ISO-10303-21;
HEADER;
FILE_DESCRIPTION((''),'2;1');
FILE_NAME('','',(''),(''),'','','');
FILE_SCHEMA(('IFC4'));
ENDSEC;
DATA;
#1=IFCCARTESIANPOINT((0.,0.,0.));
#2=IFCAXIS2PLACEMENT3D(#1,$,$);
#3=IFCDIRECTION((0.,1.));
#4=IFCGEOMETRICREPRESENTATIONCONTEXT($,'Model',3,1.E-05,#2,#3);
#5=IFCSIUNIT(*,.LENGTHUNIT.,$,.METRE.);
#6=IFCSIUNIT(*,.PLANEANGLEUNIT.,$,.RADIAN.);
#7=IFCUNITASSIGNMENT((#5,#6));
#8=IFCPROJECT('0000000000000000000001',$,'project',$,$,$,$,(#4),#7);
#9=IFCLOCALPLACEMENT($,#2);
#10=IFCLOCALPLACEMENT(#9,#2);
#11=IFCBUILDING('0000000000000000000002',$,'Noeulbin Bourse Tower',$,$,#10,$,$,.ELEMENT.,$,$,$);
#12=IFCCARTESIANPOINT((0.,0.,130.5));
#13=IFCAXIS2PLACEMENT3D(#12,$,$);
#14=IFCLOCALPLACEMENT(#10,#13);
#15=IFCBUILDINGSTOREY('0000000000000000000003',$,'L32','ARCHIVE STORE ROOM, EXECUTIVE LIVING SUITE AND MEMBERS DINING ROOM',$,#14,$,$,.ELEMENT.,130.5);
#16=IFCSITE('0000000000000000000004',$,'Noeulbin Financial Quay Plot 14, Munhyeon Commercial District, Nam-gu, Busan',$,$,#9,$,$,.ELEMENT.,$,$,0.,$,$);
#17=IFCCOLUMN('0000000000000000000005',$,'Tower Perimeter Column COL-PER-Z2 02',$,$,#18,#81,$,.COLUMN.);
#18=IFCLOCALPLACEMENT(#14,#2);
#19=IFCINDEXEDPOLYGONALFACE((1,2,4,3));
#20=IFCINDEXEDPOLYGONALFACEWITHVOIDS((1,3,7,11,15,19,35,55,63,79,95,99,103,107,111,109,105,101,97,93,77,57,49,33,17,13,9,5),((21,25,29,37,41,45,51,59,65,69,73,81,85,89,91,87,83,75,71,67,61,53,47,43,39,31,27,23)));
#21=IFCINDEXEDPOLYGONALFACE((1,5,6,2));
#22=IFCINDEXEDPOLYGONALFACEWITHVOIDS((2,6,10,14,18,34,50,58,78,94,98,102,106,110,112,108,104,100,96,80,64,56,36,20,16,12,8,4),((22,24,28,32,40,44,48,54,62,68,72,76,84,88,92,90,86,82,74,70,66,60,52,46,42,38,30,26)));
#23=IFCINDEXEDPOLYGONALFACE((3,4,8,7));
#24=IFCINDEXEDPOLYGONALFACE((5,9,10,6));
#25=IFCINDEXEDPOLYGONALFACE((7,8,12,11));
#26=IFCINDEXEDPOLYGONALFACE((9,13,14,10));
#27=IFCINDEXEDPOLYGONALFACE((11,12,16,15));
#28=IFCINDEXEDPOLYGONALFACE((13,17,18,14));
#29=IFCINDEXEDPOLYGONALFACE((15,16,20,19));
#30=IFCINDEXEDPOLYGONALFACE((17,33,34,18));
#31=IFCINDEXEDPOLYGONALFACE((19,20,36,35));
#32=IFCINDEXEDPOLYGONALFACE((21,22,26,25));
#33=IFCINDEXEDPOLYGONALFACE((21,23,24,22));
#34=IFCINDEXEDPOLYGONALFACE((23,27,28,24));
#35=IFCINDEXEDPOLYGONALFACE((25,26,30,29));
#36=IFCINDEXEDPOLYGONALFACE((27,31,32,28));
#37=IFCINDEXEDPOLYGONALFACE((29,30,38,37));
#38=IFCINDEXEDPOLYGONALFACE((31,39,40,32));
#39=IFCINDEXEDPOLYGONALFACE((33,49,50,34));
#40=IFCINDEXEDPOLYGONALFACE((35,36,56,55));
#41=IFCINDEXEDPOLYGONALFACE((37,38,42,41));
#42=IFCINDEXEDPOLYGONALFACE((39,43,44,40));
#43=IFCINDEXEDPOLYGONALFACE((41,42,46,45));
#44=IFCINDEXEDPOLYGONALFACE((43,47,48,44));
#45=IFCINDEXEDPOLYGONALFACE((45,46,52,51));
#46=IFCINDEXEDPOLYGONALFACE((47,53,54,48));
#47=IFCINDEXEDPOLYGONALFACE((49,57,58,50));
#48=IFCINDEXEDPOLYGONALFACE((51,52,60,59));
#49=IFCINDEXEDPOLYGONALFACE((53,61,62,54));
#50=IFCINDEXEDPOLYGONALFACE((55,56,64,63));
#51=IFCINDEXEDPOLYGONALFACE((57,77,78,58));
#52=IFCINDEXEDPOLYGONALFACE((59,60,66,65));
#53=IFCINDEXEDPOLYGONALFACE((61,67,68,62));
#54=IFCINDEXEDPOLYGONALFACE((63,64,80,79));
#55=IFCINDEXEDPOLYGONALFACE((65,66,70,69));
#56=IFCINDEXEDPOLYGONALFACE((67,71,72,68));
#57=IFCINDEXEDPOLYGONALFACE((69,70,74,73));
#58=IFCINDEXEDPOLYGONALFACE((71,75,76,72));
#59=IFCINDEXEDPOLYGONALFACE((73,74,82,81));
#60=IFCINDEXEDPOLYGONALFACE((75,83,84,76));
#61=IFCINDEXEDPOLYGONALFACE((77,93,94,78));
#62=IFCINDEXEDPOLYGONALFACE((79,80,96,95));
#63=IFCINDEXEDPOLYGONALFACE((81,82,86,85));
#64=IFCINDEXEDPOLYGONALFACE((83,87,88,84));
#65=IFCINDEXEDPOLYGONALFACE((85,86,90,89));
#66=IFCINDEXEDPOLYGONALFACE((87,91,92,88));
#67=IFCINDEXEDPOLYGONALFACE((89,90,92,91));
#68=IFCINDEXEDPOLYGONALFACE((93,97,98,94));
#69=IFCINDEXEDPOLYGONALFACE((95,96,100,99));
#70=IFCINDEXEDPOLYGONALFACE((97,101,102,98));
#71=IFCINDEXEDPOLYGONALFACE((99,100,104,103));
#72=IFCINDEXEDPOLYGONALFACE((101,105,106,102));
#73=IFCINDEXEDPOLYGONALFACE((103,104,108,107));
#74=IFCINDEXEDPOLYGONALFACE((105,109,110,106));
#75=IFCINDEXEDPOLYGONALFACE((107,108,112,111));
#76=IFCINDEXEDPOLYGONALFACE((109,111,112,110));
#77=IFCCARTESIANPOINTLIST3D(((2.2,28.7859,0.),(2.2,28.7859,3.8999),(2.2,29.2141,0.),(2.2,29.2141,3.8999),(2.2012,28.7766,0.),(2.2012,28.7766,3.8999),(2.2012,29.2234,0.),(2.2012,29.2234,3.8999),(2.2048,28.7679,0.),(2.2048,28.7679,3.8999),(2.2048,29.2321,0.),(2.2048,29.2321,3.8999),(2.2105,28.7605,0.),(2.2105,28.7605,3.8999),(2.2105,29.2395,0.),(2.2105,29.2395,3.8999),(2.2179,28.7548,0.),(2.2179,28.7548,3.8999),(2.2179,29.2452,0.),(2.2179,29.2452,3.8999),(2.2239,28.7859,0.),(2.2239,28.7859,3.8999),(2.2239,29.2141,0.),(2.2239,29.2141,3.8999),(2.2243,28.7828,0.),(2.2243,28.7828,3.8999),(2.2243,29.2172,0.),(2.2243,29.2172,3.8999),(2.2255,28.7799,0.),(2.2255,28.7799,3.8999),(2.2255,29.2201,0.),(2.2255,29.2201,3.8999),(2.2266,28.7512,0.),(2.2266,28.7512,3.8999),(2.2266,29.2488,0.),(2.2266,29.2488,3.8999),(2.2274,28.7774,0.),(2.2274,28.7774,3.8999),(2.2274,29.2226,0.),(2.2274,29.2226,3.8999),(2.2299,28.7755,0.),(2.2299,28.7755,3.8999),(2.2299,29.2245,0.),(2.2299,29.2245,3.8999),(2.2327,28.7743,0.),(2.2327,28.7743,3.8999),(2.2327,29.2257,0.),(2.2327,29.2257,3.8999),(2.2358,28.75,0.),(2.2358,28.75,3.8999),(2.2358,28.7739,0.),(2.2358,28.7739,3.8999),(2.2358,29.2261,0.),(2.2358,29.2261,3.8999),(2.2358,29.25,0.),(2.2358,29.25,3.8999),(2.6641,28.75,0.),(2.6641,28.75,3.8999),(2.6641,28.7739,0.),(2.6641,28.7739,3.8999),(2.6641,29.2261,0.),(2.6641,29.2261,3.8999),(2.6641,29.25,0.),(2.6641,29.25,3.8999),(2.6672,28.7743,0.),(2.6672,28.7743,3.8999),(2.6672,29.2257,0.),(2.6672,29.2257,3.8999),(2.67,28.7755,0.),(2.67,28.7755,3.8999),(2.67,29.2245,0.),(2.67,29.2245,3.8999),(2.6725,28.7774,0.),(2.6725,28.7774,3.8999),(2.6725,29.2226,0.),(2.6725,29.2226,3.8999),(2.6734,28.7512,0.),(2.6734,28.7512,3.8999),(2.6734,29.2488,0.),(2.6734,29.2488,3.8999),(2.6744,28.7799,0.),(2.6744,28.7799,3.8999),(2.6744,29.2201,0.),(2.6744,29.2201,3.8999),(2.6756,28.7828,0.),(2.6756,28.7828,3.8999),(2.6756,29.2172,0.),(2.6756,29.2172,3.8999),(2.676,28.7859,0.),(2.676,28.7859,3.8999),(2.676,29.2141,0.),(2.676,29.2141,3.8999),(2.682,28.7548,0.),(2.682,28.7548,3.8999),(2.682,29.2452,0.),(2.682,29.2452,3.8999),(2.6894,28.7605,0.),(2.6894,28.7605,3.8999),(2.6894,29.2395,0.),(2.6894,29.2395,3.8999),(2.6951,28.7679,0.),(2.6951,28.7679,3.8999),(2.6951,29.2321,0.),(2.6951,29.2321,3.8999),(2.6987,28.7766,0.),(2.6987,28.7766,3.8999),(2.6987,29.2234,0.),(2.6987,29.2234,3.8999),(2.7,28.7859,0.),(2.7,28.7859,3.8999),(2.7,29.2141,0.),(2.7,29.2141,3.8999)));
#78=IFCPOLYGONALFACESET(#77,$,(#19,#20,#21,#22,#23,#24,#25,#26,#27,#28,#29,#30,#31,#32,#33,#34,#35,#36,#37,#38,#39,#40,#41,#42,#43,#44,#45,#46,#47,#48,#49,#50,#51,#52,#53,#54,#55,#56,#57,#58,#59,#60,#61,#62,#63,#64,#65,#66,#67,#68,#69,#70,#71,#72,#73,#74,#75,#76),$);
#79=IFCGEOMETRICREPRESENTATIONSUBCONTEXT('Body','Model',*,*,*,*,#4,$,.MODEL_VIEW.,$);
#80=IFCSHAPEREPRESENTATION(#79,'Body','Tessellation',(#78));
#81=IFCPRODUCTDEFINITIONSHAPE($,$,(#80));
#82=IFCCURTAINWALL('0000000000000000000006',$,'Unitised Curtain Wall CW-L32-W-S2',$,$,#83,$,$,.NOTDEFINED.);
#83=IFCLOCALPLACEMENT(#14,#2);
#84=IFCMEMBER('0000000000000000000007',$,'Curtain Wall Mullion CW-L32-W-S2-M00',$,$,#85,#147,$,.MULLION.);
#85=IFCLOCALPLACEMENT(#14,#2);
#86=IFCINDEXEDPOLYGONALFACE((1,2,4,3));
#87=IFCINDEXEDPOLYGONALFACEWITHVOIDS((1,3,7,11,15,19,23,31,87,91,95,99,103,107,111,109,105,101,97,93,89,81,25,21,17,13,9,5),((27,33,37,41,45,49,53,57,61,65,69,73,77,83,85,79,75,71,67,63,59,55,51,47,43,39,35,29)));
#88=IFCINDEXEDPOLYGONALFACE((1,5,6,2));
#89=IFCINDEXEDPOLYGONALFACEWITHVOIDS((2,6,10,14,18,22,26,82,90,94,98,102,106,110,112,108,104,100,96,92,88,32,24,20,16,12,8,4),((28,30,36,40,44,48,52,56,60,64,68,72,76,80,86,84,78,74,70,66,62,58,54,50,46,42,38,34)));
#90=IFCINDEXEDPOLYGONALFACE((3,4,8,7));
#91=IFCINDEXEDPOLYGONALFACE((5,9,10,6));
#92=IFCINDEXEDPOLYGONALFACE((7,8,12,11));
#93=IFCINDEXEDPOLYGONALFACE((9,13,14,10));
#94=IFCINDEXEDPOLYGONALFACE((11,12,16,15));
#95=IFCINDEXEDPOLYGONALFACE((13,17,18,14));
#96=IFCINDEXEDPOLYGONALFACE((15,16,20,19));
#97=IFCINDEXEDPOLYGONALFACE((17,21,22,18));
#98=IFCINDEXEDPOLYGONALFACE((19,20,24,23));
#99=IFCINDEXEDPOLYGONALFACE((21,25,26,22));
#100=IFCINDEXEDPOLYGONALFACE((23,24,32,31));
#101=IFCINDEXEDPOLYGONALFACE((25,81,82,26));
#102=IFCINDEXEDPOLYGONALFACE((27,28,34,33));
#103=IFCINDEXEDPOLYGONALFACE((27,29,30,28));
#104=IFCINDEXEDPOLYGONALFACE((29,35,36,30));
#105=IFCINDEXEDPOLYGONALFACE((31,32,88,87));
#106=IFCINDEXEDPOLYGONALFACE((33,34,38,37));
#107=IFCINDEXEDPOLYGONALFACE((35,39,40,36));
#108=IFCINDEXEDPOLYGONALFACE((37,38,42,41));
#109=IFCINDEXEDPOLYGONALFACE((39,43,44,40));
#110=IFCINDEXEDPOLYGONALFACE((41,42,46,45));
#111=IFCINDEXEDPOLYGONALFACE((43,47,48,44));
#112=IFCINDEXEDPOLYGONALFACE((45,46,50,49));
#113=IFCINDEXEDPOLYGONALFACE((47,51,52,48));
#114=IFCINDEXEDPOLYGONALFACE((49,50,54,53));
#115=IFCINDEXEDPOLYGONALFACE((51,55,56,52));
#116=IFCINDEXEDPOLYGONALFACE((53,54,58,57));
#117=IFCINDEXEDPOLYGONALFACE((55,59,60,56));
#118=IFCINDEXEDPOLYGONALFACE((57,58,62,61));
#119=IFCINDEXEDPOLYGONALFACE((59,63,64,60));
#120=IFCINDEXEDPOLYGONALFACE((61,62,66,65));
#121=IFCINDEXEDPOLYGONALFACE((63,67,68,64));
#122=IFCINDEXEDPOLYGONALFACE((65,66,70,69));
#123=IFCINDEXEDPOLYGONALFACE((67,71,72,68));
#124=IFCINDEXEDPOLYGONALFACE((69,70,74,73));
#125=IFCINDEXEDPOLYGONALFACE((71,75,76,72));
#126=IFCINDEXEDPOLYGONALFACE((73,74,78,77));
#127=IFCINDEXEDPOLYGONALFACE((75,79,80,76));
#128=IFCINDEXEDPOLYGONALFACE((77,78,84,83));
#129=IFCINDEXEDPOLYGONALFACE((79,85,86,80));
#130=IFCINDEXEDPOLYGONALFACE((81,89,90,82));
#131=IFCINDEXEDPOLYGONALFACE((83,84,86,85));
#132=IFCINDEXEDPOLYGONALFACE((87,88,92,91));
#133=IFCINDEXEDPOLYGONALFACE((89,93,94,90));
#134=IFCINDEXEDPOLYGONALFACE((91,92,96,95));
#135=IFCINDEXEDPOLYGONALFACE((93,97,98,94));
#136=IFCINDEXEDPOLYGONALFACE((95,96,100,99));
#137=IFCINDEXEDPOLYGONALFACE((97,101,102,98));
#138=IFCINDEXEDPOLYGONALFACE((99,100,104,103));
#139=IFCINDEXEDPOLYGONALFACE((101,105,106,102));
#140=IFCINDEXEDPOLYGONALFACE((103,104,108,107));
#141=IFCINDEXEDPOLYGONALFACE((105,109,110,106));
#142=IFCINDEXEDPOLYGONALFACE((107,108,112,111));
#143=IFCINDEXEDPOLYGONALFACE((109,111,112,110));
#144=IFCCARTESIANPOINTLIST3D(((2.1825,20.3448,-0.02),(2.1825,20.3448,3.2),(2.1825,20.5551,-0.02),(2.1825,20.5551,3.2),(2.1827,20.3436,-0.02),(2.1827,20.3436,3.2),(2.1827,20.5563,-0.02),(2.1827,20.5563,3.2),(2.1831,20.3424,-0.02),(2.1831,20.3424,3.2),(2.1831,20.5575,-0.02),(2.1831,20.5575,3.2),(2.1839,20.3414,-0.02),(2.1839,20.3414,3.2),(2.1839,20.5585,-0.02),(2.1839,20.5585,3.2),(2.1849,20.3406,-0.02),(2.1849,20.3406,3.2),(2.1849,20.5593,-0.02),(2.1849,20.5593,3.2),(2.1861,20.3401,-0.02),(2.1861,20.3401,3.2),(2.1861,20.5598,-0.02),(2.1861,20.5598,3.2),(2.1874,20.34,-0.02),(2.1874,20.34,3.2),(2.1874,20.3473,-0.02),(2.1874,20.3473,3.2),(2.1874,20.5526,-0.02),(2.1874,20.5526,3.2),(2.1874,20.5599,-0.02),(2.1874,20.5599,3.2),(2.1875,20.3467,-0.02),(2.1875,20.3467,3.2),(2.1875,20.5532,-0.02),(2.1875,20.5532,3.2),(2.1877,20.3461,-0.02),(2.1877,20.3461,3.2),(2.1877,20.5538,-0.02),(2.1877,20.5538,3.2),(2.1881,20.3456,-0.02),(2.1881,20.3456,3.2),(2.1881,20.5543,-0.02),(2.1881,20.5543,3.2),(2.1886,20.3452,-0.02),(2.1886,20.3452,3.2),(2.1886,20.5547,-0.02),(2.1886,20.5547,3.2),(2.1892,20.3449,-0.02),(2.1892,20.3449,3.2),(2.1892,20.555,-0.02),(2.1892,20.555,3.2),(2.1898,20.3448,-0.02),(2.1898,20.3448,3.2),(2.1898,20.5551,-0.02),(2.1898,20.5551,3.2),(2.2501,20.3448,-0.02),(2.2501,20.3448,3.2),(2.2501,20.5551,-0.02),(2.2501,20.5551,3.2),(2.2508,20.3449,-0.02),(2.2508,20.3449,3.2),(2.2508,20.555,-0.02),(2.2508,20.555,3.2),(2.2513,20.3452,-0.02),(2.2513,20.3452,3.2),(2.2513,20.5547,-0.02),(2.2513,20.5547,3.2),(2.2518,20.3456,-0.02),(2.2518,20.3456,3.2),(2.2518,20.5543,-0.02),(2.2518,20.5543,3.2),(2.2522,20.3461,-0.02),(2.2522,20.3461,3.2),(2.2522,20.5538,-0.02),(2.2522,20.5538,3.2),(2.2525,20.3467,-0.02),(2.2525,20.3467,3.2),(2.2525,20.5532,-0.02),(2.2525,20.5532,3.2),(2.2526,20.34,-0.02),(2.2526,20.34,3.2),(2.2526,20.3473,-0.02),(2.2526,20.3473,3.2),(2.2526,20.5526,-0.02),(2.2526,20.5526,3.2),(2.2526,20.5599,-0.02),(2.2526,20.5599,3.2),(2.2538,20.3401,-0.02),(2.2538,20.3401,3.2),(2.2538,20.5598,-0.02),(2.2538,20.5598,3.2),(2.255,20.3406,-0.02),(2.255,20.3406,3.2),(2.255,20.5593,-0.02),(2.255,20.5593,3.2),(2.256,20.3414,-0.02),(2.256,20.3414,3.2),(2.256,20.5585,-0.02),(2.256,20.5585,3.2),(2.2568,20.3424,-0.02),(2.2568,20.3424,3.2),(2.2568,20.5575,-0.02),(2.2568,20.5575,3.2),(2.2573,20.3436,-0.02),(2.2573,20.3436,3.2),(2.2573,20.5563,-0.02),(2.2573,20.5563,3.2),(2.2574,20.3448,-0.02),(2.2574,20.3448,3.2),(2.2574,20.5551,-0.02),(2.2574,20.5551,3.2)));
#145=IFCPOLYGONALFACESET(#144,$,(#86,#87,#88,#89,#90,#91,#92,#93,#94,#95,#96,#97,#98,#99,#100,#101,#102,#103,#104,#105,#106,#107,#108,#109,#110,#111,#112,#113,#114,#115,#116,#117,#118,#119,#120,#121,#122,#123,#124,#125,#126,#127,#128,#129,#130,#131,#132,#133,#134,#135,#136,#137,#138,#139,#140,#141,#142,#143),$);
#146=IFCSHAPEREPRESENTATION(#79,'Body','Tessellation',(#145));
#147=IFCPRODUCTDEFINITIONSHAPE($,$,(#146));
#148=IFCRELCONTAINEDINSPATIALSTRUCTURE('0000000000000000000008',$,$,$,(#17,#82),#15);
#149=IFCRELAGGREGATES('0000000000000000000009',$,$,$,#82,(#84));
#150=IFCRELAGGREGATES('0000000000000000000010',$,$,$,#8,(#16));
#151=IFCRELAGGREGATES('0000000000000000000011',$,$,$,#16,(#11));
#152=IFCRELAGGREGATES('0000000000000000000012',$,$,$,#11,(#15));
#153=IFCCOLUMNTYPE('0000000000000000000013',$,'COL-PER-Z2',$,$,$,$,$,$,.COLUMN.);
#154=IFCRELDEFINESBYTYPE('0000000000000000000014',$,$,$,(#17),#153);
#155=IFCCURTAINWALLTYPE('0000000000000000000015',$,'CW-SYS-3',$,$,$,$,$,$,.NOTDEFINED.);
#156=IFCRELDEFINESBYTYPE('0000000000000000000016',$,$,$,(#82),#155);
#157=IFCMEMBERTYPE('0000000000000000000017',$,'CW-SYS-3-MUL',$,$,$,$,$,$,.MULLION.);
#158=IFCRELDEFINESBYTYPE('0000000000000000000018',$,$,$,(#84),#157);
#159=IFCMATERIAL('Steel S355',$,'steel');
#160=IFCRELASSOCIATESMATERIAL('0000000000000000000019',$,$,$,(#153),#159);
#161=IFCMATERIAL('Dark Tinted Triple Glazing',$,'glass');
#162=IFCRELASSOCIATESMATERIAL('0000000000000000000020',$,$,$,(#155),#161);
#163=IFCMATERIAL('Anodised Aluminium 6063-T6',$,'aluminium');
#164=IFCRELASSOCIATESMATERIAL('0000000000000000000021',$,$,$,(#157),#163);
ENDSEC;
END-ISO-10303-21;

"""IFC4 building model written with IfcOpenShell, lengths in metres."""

from ifc_helpers import new_model, si_unit, direction, frame, origin, origin_2d, place, context, subcontext, project, spatial, hollow_rectangle, extrude, material, material_profile, profile_set, type_object, element, aggregate, save


model = new_model("IFC4")

# Units and contexts
model_context = context("Model", 3, precision=1e-05, world=origin(), true_north=direction((0.0, 1.0)))
body_context = subcontext(model_context, "Body", "Model", "MODEL_VIEW")
ifc_project = project(units=[si_unit("LENGTHUNIT", "METRE"), si_unit("PLANEANGLEUNIT", "RADIAN")], contexts=[model_context])

# Site, building, storey
site_placement = place(None, origin())
site = spatial("IfcSite", under=ifc_project, at=site_placement, Name="Noeulbin Financial Quay Plot 14, Munhyeon Commercial District, Nam-gu, Busan", CompositionType="ELEMENT", RefElevation=0.0)
building_placement = place(site_placement, origin())
building = spatial("IfcBuilding", under=site, at=building_placement, Name="Noeulbin Bourse Tower", CompositionType="ELEMENT")
storey_placement = place(building_placement, frame((0.0, 0.0, 130.5)))
storey = spatial("IfcBuildingStorey", under=building, at=storey_placement, Name="L32", Description="ARCHIVE STORE ROOM, EXECUTIVE LIVING SUITE AND MEMBERS DINING ROOM", CompositionType="ELEMENT", Elevation=130.5)

# Column
ifc_material_1 = material(Name="Steel S355", Category="steel")
ifc_material_profile_1 = material_profile(ifc_material_1, hollow_rectangle(XDim=0.5, YDim=0.5, WallThickness=0.0239, InnerFilletRadius=0.012, OuterFilletRadius=0.0359, at=origin_2d()), Name="BOX-500x500x24", Category="LoadBearing")
ifc_profile_set_1 = profile_set([ifc_material_profile_1], Name="Steel S355")
column_type = type_object("IfcColumnType", Name="COL-PER-Z2", PredefinedType="COLUMN", material=ifc_profile_set_1)
column_placement = place(storey_placement, frame((2.45, 29.0, 0.0), z_axis=(0.0, 0.0, 1.0), x_axis=(1.0, 0.0, 0.0)))
element("IfcColumn", 1, at=column_placement, inside=storey, type_object=column_type, Name="Tower Perimeter Column COL-PER-Z2 02", PredefinedType="COLUMN", context=body_context, shape_type="SweptSolid", body=[
    extrude(hollow_rectangle(XDim=0.5, YDim=0.5, WallThickness=0.0239, InnerFilletRadius=0.012, OuterFilletRadius=0.0359, at=origin_2d()), origin(), (0.0, 0.0, 1.0), 3.8999),
])

# Curtain wall, member
ifc_material_2 = material(Name="Dark Tinted Triple Glazing", Category="glass")
curtain_wall_type = type_object("IfcCurtainWallType", Name="CW-SYS-3", PredefinedType="NOTDEFINED", material=ifc_material_2)
curtain_wall_placement = place(storey_placement, origin())
curtain_wall = element("IfcCurtainWall", 2, at=curtain_wall_placement, inside=storey, type_object=curtain_wall_type, Name="Unitised Curtain Wall CW-L32-W-S2", PredefinedType="NOTDEFINED")
ifc_material_3 = material(Name="Anodised Aluminium 6063-T6", Category="aluminium")
ifc_material_profile_2 = material_profile(ifc_material_3, hollow_rectangle(XDim=0.075, YDim=0.22, WallThickness=0.0049, InnerFilletRadius=0.0024, OuterFilletRadius=0.0049, at=origin_2d()), Name="ALU-MULL-75x220x5", Category="LoadBearing")
ifc_profile_set_2 = profile_set([ifc_material_profile_2], Name="Anodised Aluminium 6063-T6")
member_type_1 = type_object("IfcMemberType", Name="CW-SYS-3-MUL", PredefinedType="MULLION", material=ifc_profile_set_2)
member_1_placement = place(storey_placement, frame((2.22, 20.45, -0.02), z_axis=(0.0, 0.0, 1.0), x_axis=(1.0, 0.0, 0.0)))
member_1 = element("IfcMember", 3, at=member_1_placement, type_object=member_type_1, Name="Curtain Wall Mullion CW-L32-W-S2-M00", PredefinedType="MULLION", context=body_context, shape_type="SweptSolid", body=[
    extrude(hollow_rectangle(XDim=0.075, YDim=0.22, WallThickness=0.0049, InnerFilletRadius=0.0024, OuterFilletRadius=0.0049, at=origin_2d()), origin(), (0.0, 0.0, 1.0), 3.22),
])
aggregate(curtain_wall, [member_1])

save(model, "model.ifc")
